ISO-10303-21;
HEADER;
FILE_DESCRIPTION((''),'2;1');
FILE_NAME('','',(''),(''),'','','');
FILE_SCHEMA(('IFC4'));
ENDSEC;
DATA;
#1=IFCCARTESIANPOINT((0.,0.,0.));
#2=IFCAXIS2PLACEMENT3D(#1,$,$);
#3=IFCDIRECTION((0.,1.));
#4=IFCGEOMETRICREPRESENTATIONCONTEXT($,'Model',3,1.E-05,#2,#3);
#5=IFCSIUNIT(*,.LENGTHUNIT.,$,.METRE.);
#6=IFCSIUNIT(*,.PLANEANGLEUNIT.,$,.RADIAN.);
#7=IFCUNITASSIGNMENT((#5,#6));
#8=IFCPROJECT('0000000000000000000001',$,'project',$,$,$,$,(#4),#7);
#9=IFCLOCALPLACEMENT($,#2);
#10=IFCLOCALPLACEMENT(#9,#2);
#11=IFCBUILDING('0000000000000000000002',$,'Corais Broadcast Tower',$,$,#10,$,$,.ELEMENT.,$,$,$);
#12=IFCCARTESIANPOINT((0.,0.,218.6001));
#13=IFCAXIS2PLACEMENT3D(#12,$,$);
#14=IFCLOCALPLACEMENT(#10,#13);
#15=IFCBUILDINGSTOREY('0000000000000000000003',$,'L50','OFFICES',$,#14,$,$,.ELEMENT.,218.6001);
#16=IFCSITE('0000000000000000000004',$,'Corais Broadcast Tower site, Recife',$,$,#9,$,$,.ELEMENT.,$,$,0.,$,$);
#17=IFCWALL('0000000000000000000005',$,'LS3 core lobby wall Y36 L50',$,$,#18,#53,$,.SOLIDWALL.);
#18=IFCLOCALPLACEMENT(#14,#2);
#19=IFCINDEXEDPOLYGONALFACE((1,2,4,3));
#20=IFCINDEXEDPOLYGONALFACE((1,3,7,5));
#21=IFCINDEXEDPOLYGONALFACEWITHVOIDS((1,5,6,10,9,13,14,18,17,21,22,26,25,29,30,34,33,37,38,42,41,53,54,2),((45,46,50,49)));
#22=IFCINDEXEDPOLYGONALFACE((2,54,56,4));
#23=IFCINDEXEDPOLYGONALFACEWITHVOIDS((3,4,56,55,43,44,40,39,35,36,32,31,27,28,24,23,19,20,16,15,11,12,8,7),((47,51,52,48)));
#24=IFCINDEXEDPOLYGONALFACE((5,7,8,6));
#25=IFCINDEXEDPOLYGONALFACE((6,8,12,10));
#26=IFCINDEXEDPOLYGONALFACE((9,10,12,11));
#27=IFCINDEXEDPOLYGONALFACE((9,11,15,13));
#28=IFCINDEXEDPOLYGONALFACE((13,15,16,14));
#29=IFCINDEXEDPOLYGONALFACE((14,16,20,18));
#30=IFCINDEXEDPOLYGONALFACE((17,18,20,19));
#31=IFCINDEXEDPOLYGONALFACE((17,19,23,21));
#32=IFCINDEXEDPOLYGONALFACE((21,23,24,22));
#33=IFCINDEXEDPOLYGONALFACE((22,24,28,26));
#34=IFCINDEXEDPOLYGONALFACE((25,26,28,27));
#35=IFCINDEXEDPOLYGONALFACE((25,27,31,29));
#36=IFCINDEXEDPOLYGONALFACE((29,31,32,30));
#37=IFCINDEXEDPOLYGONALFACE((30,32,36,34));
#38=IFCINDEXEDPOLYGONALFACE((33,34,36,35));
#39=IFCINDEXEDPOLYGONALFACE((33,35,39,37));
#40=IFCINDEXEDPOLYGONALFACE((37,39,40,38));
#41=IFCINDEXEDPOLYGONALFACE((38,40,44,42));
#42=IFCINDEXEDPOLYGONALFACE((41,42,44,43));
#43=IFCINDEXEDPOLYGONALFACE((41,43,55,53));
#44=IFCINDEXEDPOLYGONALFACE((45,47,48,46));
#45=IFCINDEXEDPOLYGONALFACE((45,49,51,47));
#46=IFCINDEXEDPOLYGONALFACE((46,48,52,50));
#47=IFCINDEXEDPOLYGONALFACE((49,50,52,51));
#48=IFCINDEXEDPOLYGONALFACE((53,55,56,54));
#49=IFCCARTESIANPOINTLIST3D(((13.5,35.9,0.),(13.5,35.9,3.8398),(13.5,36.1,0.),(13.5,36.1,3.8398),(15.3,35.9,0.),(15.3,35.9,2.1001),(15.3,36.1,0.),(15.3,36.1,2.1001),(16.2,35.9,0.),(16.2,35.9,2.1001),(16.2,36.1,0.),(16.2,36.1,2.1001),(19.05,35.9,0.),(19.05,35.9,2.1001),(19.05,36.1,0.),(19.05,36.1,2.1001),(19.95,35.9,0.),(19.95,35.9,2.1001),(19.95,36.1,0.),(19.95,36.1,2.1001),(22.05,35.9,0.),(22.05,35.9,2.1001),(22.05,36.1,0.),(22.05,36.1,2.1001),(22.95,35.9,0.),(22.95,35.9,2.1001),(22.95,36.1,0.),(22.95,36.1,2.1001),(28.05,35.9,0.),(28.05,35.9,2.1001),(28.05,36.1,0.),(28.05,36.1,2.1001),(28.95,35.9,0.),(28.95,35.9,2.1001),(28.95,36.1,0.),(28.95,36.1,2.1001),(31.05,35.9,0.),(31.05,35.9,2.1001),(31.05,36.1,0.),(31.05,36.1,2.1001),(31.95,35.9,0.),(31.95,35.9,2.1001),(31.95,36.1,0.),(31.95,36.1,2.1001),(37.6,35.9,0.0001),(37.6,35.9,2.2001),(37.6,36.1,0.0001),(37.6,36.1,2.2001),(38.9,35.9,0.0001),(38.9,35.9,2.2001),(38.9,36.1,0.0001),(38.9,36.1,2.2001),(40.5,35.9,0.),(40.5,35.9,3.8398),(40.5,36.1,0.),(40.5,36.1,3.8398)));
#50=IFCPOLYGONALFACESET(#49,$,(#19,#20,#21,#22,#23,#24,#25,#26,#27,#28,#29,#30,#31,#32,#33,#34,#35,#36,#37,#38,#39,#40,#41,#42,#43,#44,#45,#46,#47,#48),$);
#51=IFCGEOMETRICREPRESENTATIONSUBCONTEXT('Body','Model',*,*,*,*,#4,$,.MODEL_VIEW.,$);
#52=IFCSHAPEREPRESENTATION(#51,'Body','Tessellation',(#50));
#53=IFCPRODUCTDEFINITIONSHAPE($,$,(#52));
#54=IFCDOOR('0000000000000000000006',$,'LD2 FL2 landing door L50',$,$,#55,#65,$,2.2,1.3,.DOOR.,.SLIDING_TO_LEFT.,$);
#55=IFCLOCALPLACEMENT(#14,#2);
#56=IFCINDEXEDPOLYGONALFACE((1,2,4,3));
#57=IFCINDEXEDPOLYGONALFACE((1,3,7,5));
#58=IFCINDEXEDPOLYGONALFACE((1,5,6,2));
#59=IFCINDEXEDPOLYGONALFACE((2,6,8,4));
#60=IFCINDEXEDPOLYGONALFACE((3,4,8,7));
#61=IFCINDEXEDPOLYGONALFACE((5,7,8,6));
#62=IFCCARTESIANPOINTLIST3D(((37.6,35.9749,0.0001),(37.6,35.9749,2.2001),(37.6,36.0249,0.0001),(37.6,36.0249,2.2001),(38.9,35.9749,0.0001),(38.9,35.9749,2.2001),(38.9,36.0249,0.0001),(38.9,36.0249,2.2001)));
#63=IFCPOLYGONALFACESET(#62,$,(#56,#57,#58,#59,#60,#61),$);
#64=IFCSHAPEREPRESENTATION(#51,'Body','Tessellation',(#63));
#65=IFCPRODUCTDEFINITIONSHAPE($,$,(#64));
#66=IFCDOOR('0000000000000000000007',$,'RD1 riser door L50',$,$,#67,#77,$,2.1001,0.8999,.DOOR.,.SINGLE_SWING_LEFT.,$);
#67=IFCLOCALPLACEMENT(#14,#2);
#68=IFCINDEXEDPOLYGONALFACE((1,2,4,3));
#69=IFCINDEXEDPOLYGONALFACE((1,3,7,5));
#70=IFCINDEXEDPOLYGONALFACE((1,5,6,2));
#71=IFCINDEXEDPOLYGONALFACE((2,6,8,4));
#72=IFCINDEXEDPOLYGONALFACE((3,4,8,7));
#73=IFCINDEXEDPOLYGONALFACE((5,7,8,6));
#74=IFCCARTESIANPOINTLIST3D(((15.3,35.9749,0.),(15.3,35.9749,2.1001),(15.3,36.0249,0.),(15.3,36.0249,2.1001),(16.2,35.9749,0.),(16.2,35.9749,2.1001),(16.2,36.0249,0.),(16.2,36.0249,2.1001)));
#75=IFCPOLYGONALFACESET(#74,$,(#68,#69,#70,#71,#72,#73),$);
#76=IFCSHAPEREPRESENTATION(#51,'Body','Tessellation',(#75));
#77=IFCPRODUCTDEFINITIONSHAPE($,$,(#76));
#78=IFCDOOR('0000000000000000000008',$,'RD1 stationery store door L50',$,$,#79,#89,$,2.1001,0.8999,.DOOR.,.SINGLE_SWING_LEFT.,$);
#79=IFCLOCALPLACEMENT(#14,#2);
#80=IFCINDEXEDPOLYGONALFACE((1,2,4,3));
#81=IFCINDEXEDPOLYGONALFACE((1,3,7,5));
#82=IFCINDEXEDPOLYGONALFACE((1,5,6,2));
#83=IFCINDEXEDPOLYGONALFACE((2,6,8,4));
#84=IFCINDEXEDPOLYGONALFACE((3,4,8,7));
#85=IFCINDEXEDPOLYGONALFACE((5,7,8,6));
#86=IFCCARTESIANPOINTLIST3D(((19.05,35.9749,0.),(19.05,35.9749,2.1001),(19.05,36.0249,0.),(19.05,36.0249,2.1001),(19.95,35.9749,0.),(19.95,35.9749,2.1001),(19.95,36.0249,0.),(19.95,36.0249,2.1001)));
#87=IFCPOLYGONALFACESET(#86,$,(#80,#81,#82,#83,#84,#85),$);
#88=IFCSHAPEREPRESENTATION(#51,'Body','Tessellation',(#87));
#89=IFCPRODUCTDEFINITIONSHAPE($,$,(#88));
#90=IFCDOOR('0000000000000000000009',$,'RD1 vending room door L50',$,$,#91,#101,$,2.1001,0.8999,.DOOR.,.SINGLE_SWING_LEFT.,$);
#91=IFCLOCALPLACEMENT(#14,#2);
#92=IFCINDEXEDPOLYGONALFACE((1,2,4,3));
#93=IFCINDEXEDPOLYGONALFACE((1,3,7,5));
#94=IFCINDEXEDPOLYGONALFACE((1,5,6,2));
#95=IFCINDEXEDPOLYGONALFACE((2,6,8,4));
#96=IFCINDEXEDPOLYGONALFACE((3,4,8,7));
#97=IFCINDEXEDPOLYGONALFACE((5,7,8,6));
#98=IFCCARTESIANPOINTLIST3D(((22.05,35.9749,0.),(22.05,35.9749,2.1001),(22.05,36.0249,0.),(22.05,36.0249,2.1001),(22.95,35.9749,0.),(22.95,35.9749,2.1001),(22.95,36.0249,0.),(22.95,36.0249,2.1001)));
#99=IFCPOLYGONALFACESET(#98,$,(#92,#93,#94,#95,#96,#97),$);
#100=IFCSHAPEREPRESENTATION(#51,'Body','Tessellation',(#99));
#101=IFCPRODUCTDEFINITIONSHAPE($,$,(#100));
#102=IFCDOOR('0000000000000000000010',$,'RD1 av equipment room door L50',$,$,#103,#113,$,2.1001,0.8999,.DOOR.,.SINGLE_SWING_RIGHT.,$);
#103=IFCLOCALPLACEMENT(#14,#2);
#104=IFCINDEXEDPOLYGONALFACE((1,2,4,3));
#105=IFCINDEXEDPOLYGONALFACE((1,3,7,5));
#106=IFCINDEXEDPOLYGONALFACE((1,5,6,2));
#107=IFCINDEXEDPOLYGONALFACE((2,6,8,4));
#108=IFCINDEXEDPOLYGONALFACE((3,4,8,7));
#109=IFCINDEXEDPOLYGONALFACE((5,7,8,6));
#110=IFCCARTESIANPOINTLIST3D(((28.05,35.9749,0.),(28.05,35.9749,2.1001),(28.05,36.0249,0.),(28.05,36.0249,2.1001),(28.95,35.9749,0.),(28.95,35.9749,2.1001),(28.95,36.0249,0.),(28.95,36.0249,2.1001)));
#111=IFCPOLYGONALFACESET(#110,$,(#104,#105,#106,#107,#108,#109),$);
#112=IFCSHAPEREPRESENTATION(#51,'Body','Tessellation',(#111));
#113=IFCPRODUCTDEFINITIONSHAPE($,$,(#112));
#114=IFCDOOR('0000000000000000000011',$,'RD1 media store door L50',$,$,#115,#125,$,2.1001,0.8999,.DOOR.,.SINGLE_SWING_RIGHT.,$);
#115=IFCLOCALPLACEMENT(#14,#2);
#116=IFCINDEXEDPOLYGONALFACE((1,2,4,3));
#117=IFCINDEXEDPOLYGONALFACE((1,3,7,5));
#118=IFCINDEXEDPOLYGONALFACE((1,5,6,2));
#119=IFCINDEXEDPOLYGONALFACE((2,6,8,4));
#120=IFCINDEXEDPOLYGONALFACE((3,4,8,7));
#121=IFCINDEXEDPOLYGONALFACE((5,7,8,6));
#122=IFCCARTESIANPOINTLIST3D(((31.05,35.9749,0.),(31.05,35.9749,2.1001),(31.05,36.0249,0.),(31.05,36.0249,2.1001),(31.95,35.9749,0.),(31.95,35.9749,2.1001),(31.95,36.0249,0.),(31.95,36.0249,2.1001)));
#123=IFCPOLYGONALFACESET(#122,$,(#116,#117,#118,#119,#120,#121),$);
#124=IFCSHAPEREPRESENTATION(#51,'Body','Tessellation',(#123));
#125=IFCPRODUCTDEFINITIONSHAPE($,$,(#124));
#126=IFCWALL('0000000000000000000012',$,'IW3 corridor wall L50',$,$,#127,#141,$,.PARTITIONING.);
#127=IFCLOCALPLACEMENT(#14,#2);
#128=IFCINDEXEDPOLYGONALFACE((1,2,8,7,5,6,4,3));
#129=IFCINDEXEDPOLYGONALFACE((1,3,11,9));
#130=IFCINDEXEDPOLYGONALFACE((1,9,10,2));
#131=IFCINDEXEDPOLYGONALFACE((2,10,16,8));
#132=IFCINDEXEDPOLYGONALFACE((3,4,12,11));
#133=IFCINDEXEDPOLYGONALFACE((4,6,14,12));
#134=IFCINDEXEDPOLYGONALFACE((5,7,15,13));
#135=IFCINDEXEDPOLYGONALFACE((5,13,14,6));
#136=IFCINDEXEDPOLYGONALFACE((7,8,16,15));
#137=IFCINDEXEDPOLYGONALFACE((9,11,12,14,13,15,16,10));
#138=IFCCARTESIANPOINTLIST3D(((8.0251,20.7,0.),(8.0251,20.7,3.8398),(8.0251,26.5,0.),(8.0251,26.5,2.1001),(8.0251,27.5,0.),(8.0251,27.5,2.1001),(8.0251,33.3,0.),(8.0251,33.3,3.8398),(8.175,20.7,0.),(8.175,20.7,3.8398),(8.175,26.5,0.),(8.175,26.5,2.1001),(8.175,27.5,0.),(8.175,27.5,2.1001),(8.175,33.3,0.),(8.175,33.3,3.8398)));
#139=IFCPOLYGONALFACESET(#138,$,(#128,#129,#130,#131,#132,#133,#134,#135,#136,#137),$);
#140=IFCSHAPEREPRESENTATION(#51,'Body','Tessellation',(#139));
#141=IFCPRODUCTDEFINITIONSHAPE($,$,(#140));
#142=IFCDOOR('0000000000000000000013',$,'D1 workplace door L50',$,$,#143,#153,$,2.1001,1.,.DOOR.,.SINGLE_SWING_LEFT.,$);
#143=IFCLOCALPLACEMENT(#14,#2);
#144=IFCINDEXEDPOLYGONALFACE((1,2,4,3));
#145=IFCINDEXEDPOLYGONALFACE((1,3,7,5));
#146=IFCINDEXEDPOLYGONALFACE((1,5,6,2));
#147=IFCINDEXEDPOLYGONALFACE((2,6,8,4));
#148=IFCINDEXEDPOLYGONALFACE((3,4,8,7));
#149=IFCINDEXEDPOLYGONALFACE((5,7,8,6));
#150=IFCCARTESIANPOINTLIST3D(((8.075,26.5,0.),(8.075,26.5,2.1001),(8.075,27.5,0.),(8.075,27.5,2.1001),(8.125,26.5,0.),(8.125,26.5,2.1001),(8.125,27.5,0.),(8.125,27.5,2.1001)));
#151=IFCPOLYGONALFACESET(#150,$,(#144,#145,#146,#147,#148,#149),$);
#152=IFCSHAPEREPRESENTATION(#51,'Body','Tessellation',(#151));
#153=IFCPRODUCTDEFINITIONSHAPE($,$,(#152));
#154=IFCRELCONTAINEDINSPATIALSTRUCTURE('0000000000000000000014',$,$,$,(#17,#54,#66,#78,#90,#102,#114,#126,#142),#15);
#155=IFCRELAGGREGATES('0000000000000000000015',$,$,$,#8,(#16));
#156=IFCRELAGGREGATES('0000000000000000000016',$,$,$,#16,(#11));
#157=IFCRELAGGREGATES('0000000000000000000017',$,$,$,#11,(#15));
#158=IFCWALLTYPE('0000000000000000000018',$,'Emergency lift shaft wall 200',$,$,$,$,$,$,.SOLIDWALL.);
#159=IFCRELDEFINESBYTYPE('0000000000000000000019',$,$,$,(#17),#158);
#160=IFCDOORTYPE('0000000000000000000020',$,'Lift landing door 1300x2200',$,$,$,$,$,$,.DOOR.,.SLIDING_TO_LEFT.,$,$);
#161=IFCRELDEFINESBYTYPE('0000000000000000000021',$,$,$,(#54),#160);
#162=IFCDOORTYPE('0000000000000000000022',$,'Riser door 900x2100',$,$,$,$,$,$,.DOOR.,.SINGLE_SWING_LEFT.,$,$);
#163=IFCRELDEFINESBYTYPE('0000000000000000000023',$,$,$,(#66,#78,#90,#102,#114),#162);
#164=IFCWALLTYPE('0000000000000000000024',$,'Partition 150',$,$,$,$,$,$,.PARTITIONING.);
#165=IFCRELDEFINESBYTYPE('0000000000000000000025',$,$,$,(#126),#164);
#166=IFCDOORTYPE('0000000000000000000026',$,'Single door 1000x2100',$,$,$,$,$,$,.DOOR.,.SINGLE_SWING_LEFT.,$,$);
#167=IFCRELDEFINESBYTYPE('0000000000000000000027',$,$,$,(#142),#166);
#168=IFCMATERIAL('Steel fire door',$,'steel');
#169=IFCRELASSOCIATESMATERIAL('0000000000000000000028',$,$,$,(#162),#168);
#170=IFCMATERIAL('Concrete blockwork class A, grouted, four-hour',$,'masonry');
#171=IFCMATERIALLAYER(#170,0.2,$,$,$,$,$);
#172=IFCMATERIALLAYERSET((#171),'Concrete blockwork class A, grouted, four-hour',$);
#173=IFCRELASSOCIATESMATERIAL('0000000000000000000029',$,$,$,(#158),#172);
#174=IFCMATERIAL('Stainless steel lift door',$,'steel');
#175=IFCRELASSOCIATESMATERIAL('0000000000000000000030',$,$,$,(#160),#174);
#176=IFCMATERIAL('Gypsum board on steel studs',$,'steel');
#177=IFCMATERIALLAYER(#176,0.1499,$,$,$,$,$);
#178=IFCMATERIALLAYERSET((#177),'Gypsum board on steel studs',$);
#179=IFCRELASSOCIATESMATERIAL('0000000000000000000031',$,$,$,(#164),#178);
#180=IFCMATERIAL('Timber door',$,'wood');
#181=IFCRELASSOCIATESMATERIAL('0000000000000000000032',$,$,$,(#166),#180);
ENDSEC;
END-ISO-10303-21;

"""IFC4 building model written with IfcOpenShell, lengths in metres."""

from ifc_helpers import new_model, si_unit, direction, frame, frame_2d, origin, place, context, subcontext, project, spatial, rectangle, extrude, material, layer, layer_set, type_object, element, fill, save


model = new_model("IFC4")

# Units and contexts
model_context = context("Model", 3, precision=1e-05, world=origin(), true_north=direction((0.0, 1.0)))
body_context = subcontext(model_context, "Body", "Model", "MODEL_VIEW")
ifc_project = project(units=[si_unit("LENGTHUNIT", "METRE"), si_unit("PLANEANGLEUNIT", "RADIAN")], contexts=[model_context])

# Site, building, storey
site_placement = place(None, origin())
site = spatial("IfcSite", under=ifc_project, at=site_placement, Name="Corais Broadcast Tower site, Recife", CompositionType="ELEMENT", RefElevation=0.0)
building_placement = place(site_placement, origin())
building = spatial("IfcBuilding", under=site, at=building_placement, Name="Corais Broadcast Tower", CompositionType="ELEMENT")
storey_placement = place(building_placement, frame((0.0, 0.0, 218.6001)))
storey = spatial("IfcBuildingStorey", under=building, at=storey_placement, Name="L50", Description="OFFICES", CompositionType="ELEMENT", Elevation=218.6001)

# Wall, openings, doors
ifc_material_1 = material(Name="Steel fire door", Category="steel")
door_type_1 = type_object("IfcDoorType", Name="Riser door 900x2100", OperationType="SINGLE_SWING_LEFT", PredefinedType="DOOR", material=ifc_material_1)
ifc_material_2 = material(Name="Concrete blockwork class A, grouted, four-hour", Category="masonry")
ifc_layer_1 = layer(ifc_material_2, 0.2)
ifc_layer_set_1 = layer_set([ifc_layer_1], Name="Concrete blockwork class A, grouted, four-hour")
wall_type_1 = type_object("IfcWallType", Name="Emergency lift shaft wall 200", PredefinedType="SOLIDWALL", material=ifc_layer_set_1)
wall_1_placement = place(storey_placement, frame((13.5, 36.0, 0.0), z_axis=(0.0, 0.0, 1.0), x_axis=(1.0, 0.0, 0.0)))
wall_1 = element("IfcWall", 1, at=wall_1_placement, inside=storey, type_object=wall_type_1, Name="LS3 core lobby wall Y36 L50", PredefinedType="SOLIDWALL", context=body_context, shape_type="SweptSolid", body=[
    extrude(rectangle(XDim=27.0, YDim=0.2, at=frame_2d((13.5, 0.0))), origin(), (0.0, 0.0, 1.0), 3.8398),
])
opening_1_placement = place(wall_1_placement, frame((1.8, 0.0, 0.0)))
opening_1 = element("IfcOpeningElement", 2, at=opening_1_placement, cuts=wall_1, PredefinedType="OPENING", context=body_context, shape_type="SweptSolid", body=[
    extrude(rectangle(XDim=0.8999, YDim=2.1001, at=frame_2d((0.45, 1.05))), frame((0.0, 0.1099, 0.0), z_axis=(0.0, -1.0, 0.0), x_axis=(1.0, 0.0, 0.0)), (0.0, 0.0, 1.0), 0.22),
])
opening_2_placement = place(wall_1_placement, frame((5.55, 0.0, 0.0)))
opening_2 = element("IfcOpeningElement", 3, at=opening_2_placement, cuts=wall_1, PredefinedType="OPENING", context=body_context, shape_type="SweptSolid", body=[
    extrude(rectangle(XDim=0.8999, YDim=2.1001, at=frame_2d((0.45, 1.05))), frame((0.0, 0.1099, 0.0), z_axis=(0.0, -1.0, 0.0), x_axis=(1.0, 0.0, 0.0)), (0.0, 0.0, 1.0), 0.22),
])
opening_3_placement = place(wall_1_placement, frame((8.55, 0.0, 0.0)))
opening_3 = element("IfcOpeningElement", 4, at=opening_3_placement, cuts=wall_1, PredefinedType="OPENING", context=body_context, shape_type="SweptSolid", body=[
    extrude(rectangle(XDim=0.8999, YDim=2.1001, at=frame_2d((0.45, 1.05))), frame((0.0, 0.1099, 0.0), z_axis=(0.0, -1.0, 0.0), x_axis=(1.0, 0.0, 0.0)), (0.0, 0.0, 1.0), 0.22),
])
opening_4_placement = place(wall_1_placement, frame((14.55, 0.0, 0.0)))
opening_4 = element("IfcOpeningElement", 5, at=opening_4_placement, cuts=wall_1, PredefinedType="OPENING", context=body_context, shape_type="SweptSolid", body=[
    extrude(rectangle(XDim=0.8999, YDim=2.1001, at=frame_2d((0.45, 1.05))), frame((0.0, 0.1099, 0.0), z_axis=(0.0, -1.0, 0.0), x_axis=(1.0, 0.0, 0.0)), (0.0, 0.0, 1.0), 0.22),
])
opening_5_placement = place(wall_1_placement, frame((17.55, 0.0, 0.0)))
opening_5 = element("IfcOpeningElement", 6, at=opening_5_placement, cuts=wall_1, PredefinedType="OPENING", context=body_context, shape_type="SweptSolid", body=[
    extrude(rectangle(XDim=0.8999, YDim=2.1001, at=frame_2d((0.45, 1.05))), frame((0.0, 0.1099, 0.0), z_axis=(0.0, -1.0, 0.0), x_axis=(1.0, 0.0, 0.0)), (0.0, 0.0, 1.0), 0.22),
])
opening_6_placement = place(wall_1_placement, frame((24.1001, 0.0, 0.0)))
opening_6 = element("IfcOpeningElement", 7, at=opening_6_placement, cuts=wall_1, PredefinedType="OPENING", context=body_context, shape_type="SweptSolid", body=[
    extrude(rectangle(XDim=1.3, YDim=2.2, at=frame_2d((0.6499, 1.1001))), frame((0.0, 0.1099, 0.0), z_axis=(0.0, -1.0, 0.0), x_axis=(1.0, 0.0, 0.0)), (0.0, 0.0, 1.0), 0.22),
])
ifc_material_3 = material(Name="Stainless steel lift door", Category="steel")
door_type_2 = type_object("IfcDoorType", Name="Lift landing door 1300x2200", OperationType="SLIDING_TO_LEFT", PredefinedType="DOOR", material=ifc_material_3)
door_1_placement = place(opening_6_placement, origin())
door_1 = element("IfcDoor", 8, at=door_1_placement, inside=storey, type_object=door_type_2, Name="LD2 FL2 landing door L50", OperationType="SLIDING_TO_LEFT", OverallHeight=2.2, OverallWidth=1.3, PredefinedType="DOOR", context=body_context, shape_type="SweptSolid", body=[
    extrude(rectangle(XDim=1.3, YDim=2.2, at=frame_2d((0.6499, 1.1001))), frame((0.0, 0.0249, 0.0), z_axis=(0.0, -1.0, 0.0), x_axis=(1.0, 0.0, 0.0)), (0.0, 0.0, 1.0), 0.05),
])
fill(opening_6, door_1)
door_2_placement = place(opening_1_placement, origin())
door_2 = element("IfcDoor", 9, at=door_2_placement, inside=storey, type_object=door_type_1, Name="RD1 riser door L50", OperationType="SINGLE_SWING_LEFT", OverallHeight=2.1001, OverallWidth=0.8999, PredefinedType="DOOR", context=body_context, shape_type="SweptSolid", body=[
    extrude(rectangle(XDim=0.8999, YDim=2.1001, at=frame_2d((0.45, 1.05))), frame((0.0, 0.0249, 0.0), z_axis=(0.0, -1.0, 0.0), x_axis=(1.0, 0.0, 0.0)), (0.0, 0.0, 1.0), 0.05),
])
fill(opening_1, door_2)
door_3_placement = place(opening_2_placement, origin())
door_3 = element("IfcDoor", 10, at=door_3_placement, inside=storey, type_object=door_type_1, Name="RD1 stationery store door L50", OperationType="SINGLE_SWING_LEFT", OverallHeight=2.1001, OverallWidth=0.8999, PredefinedType="DOOR", context=body_context, shape_type="SweptSolid", body=[
    extrude(rectangle(XDim=0.8999, YDim=2.1001, at=frame_2d((0.45, 1.05))), frame((0.0, 0.0249, 0.0), z_axis=(0.0, -1.0, 0.0), x_axis=(1.0, 0.0, 0.0)), (0.0, 0.0, 1.0), 0.05),
])
fill(opening_2, door_3)
door_4_placement = place(opening_3_placement, origin())
door_4 = element("IfcDoor", 11, at=door_4_placement, inside=storey, type_object=door_type_1, Name="RD1 vending room door L50", OperationType="SINGLE_SWING_LEFT", OverallHeight=2.1001, OverallWidth=0.8999, PredefinedType="DOOR", context=body_context, shape_type="SweptSolid", body=[
    extrude(rectangle(XDim=0.8999, YDim=2.1001, at=frame_2d((0.45, 1.05))), frame((0.0, 0.0249, 0.0), z_axis=(0.0, -1.0, 0.0), x_axis=(1.0, 0.0, 0.0)), (0.0, 0.0, 1.0), 0.05),
])
fill(opening_3, door_4)
door_5_placement = place(opening_4_placement, origin())
door_5 = element("IfcDoor", 12, at=door_5_placement, inside=storey, type_object=door_type_1, Name="RD1 av equipment room door L50", OperationType="SINGLE_SWING_RIGHT", OverallHeight=2.1001, OverallWidth=0.8999, PredefinedType="DOOR", context=body_context, shape_type="SweptSolid", body=[
    extrude(rectangle(XDim=0.8999, YDim=2.1001, at=frame_2d((0.45, 1.05))), frame((0.0, 0.0249, 0.0), z_axis=(0.0, -1.0, 0.0), x_axis=(1.0, 0.0, 0.0)), (0.0, 0.0, 1.0), 0.05),
])
fill(opening_4, door_5)
door_6_placement = place(opening_5_placement, origin())
door_6 = element("IfcDoor", 13, at=door_6_placement, inside=storey, type_object=door_type_1, Name="RD1 media store door L50", OperationType="SINGLE_SWING_RIGHT", OverallHeight=2.1001, OverallWidth=0.8999, PredefinedType="DOOR", context=body_context, shape_type="SweptSolid", body=[
    extrude(rectangle(XDim=0.8999, YDim=2.1001, at=frame_2d((0.45, 1.05))), frame((0.0, 0.0249, 0.0), z_axis=(0.0, -1.0, 0.0), x_axis=(1.0, 0.0, 0.0)), (0.0, 0.0, 1.0), 0.05),
])
fill(opening_5, door_6)

# Wall, opening, door
ifc_material_4 = material(Name="Gypsum board on steel studs", Category="steel")
ifc_layer_2 = layer(ifc_material_4, 0.1499)
ifc_layer_set_2 = layer_set([ifc_layer_2], Name="Gypsum board on steel studs")
wall_type_2 = type_object("IfcWallType", Name="Partition 150", PredefinedType="PARTITIONING", material=ifc_layer_set_2)
wall_2_placement = place(storey_placement, frame((8.1001, 33.3, 0.0), z_axis=(0.0, 0.0, 1.0), x_axis=(0.0, -1.0, 0.0)))
wall_2 = element("IfcWall", 14, at=wall_2_placement, inside=storey, type_object=wall_type_2, Name="IW3 corridor wall L50", PredefinedType="PARTITIONING", context=body_context, shape_type="SweptSolid", body=[
    extrude(rectangle(XDim=12.6001, YDim=0.1499, at=frame_2d((6.3, 0.0))), origin(), (0.0, 0.0, 1.0), 3.8398),
])
opening_7_placement = place(wall_2_placement, frame((5.8, 0.0, 0.0)))
opening_7 = element("IfcOpeningElement", 15, at=opening_7_placement, cuts=wall_2, PredefinedType="OPENING", context=body_context, shape_type="SweptSolid", body=[
    extrude(rectangle(XDim=1.0, YDim=2.1001, at=frame_2d((0.5, 1.05))), frame((0.0, 0.085, 0.0), z_axis=(0.0, -1.0, 0.0), x_axis=(1.0, 0.0, 0.0)), (0.0, 0.0, 1.0), 0.1699),
])
ifc_material_5 = material(Name="Timber door", Category="wood")
door_type_3 = type_object("IfcDoorType", Name="Single door 1000x2100", OperationType="SINGLE_SWING_LEFT", PredefinedType="DOOR", material=ifc_material_5)
door_7_placement = place(opening_7_placement, origin())
door_7 = element("IfcDoor", 16, at=door_7_placement, inside=storey, type_object=door_type_3, Name="D1 workplace door L50", OperationType="SINGLE_SWING_LEFT", OverallHeight=2.1001, OverallWidth=1.0, PredefinedType="DOOR", context=body_context, shape_type="SweptSolid", body=[
    extrude(rectangle(XDim=1.0, YDim=2.1001, at=frame_2d((0.5, 1.05))), frame((0.0, 0.0249, 0.0), z_axis=(0.0, -1.0, 0.0), x_axis=(1.0, 0.0, 0.0)), (0.0, 0.0, 1.0), 0.05),
])
fill(opening_7, door_7)

save(model, "model.ifc")
